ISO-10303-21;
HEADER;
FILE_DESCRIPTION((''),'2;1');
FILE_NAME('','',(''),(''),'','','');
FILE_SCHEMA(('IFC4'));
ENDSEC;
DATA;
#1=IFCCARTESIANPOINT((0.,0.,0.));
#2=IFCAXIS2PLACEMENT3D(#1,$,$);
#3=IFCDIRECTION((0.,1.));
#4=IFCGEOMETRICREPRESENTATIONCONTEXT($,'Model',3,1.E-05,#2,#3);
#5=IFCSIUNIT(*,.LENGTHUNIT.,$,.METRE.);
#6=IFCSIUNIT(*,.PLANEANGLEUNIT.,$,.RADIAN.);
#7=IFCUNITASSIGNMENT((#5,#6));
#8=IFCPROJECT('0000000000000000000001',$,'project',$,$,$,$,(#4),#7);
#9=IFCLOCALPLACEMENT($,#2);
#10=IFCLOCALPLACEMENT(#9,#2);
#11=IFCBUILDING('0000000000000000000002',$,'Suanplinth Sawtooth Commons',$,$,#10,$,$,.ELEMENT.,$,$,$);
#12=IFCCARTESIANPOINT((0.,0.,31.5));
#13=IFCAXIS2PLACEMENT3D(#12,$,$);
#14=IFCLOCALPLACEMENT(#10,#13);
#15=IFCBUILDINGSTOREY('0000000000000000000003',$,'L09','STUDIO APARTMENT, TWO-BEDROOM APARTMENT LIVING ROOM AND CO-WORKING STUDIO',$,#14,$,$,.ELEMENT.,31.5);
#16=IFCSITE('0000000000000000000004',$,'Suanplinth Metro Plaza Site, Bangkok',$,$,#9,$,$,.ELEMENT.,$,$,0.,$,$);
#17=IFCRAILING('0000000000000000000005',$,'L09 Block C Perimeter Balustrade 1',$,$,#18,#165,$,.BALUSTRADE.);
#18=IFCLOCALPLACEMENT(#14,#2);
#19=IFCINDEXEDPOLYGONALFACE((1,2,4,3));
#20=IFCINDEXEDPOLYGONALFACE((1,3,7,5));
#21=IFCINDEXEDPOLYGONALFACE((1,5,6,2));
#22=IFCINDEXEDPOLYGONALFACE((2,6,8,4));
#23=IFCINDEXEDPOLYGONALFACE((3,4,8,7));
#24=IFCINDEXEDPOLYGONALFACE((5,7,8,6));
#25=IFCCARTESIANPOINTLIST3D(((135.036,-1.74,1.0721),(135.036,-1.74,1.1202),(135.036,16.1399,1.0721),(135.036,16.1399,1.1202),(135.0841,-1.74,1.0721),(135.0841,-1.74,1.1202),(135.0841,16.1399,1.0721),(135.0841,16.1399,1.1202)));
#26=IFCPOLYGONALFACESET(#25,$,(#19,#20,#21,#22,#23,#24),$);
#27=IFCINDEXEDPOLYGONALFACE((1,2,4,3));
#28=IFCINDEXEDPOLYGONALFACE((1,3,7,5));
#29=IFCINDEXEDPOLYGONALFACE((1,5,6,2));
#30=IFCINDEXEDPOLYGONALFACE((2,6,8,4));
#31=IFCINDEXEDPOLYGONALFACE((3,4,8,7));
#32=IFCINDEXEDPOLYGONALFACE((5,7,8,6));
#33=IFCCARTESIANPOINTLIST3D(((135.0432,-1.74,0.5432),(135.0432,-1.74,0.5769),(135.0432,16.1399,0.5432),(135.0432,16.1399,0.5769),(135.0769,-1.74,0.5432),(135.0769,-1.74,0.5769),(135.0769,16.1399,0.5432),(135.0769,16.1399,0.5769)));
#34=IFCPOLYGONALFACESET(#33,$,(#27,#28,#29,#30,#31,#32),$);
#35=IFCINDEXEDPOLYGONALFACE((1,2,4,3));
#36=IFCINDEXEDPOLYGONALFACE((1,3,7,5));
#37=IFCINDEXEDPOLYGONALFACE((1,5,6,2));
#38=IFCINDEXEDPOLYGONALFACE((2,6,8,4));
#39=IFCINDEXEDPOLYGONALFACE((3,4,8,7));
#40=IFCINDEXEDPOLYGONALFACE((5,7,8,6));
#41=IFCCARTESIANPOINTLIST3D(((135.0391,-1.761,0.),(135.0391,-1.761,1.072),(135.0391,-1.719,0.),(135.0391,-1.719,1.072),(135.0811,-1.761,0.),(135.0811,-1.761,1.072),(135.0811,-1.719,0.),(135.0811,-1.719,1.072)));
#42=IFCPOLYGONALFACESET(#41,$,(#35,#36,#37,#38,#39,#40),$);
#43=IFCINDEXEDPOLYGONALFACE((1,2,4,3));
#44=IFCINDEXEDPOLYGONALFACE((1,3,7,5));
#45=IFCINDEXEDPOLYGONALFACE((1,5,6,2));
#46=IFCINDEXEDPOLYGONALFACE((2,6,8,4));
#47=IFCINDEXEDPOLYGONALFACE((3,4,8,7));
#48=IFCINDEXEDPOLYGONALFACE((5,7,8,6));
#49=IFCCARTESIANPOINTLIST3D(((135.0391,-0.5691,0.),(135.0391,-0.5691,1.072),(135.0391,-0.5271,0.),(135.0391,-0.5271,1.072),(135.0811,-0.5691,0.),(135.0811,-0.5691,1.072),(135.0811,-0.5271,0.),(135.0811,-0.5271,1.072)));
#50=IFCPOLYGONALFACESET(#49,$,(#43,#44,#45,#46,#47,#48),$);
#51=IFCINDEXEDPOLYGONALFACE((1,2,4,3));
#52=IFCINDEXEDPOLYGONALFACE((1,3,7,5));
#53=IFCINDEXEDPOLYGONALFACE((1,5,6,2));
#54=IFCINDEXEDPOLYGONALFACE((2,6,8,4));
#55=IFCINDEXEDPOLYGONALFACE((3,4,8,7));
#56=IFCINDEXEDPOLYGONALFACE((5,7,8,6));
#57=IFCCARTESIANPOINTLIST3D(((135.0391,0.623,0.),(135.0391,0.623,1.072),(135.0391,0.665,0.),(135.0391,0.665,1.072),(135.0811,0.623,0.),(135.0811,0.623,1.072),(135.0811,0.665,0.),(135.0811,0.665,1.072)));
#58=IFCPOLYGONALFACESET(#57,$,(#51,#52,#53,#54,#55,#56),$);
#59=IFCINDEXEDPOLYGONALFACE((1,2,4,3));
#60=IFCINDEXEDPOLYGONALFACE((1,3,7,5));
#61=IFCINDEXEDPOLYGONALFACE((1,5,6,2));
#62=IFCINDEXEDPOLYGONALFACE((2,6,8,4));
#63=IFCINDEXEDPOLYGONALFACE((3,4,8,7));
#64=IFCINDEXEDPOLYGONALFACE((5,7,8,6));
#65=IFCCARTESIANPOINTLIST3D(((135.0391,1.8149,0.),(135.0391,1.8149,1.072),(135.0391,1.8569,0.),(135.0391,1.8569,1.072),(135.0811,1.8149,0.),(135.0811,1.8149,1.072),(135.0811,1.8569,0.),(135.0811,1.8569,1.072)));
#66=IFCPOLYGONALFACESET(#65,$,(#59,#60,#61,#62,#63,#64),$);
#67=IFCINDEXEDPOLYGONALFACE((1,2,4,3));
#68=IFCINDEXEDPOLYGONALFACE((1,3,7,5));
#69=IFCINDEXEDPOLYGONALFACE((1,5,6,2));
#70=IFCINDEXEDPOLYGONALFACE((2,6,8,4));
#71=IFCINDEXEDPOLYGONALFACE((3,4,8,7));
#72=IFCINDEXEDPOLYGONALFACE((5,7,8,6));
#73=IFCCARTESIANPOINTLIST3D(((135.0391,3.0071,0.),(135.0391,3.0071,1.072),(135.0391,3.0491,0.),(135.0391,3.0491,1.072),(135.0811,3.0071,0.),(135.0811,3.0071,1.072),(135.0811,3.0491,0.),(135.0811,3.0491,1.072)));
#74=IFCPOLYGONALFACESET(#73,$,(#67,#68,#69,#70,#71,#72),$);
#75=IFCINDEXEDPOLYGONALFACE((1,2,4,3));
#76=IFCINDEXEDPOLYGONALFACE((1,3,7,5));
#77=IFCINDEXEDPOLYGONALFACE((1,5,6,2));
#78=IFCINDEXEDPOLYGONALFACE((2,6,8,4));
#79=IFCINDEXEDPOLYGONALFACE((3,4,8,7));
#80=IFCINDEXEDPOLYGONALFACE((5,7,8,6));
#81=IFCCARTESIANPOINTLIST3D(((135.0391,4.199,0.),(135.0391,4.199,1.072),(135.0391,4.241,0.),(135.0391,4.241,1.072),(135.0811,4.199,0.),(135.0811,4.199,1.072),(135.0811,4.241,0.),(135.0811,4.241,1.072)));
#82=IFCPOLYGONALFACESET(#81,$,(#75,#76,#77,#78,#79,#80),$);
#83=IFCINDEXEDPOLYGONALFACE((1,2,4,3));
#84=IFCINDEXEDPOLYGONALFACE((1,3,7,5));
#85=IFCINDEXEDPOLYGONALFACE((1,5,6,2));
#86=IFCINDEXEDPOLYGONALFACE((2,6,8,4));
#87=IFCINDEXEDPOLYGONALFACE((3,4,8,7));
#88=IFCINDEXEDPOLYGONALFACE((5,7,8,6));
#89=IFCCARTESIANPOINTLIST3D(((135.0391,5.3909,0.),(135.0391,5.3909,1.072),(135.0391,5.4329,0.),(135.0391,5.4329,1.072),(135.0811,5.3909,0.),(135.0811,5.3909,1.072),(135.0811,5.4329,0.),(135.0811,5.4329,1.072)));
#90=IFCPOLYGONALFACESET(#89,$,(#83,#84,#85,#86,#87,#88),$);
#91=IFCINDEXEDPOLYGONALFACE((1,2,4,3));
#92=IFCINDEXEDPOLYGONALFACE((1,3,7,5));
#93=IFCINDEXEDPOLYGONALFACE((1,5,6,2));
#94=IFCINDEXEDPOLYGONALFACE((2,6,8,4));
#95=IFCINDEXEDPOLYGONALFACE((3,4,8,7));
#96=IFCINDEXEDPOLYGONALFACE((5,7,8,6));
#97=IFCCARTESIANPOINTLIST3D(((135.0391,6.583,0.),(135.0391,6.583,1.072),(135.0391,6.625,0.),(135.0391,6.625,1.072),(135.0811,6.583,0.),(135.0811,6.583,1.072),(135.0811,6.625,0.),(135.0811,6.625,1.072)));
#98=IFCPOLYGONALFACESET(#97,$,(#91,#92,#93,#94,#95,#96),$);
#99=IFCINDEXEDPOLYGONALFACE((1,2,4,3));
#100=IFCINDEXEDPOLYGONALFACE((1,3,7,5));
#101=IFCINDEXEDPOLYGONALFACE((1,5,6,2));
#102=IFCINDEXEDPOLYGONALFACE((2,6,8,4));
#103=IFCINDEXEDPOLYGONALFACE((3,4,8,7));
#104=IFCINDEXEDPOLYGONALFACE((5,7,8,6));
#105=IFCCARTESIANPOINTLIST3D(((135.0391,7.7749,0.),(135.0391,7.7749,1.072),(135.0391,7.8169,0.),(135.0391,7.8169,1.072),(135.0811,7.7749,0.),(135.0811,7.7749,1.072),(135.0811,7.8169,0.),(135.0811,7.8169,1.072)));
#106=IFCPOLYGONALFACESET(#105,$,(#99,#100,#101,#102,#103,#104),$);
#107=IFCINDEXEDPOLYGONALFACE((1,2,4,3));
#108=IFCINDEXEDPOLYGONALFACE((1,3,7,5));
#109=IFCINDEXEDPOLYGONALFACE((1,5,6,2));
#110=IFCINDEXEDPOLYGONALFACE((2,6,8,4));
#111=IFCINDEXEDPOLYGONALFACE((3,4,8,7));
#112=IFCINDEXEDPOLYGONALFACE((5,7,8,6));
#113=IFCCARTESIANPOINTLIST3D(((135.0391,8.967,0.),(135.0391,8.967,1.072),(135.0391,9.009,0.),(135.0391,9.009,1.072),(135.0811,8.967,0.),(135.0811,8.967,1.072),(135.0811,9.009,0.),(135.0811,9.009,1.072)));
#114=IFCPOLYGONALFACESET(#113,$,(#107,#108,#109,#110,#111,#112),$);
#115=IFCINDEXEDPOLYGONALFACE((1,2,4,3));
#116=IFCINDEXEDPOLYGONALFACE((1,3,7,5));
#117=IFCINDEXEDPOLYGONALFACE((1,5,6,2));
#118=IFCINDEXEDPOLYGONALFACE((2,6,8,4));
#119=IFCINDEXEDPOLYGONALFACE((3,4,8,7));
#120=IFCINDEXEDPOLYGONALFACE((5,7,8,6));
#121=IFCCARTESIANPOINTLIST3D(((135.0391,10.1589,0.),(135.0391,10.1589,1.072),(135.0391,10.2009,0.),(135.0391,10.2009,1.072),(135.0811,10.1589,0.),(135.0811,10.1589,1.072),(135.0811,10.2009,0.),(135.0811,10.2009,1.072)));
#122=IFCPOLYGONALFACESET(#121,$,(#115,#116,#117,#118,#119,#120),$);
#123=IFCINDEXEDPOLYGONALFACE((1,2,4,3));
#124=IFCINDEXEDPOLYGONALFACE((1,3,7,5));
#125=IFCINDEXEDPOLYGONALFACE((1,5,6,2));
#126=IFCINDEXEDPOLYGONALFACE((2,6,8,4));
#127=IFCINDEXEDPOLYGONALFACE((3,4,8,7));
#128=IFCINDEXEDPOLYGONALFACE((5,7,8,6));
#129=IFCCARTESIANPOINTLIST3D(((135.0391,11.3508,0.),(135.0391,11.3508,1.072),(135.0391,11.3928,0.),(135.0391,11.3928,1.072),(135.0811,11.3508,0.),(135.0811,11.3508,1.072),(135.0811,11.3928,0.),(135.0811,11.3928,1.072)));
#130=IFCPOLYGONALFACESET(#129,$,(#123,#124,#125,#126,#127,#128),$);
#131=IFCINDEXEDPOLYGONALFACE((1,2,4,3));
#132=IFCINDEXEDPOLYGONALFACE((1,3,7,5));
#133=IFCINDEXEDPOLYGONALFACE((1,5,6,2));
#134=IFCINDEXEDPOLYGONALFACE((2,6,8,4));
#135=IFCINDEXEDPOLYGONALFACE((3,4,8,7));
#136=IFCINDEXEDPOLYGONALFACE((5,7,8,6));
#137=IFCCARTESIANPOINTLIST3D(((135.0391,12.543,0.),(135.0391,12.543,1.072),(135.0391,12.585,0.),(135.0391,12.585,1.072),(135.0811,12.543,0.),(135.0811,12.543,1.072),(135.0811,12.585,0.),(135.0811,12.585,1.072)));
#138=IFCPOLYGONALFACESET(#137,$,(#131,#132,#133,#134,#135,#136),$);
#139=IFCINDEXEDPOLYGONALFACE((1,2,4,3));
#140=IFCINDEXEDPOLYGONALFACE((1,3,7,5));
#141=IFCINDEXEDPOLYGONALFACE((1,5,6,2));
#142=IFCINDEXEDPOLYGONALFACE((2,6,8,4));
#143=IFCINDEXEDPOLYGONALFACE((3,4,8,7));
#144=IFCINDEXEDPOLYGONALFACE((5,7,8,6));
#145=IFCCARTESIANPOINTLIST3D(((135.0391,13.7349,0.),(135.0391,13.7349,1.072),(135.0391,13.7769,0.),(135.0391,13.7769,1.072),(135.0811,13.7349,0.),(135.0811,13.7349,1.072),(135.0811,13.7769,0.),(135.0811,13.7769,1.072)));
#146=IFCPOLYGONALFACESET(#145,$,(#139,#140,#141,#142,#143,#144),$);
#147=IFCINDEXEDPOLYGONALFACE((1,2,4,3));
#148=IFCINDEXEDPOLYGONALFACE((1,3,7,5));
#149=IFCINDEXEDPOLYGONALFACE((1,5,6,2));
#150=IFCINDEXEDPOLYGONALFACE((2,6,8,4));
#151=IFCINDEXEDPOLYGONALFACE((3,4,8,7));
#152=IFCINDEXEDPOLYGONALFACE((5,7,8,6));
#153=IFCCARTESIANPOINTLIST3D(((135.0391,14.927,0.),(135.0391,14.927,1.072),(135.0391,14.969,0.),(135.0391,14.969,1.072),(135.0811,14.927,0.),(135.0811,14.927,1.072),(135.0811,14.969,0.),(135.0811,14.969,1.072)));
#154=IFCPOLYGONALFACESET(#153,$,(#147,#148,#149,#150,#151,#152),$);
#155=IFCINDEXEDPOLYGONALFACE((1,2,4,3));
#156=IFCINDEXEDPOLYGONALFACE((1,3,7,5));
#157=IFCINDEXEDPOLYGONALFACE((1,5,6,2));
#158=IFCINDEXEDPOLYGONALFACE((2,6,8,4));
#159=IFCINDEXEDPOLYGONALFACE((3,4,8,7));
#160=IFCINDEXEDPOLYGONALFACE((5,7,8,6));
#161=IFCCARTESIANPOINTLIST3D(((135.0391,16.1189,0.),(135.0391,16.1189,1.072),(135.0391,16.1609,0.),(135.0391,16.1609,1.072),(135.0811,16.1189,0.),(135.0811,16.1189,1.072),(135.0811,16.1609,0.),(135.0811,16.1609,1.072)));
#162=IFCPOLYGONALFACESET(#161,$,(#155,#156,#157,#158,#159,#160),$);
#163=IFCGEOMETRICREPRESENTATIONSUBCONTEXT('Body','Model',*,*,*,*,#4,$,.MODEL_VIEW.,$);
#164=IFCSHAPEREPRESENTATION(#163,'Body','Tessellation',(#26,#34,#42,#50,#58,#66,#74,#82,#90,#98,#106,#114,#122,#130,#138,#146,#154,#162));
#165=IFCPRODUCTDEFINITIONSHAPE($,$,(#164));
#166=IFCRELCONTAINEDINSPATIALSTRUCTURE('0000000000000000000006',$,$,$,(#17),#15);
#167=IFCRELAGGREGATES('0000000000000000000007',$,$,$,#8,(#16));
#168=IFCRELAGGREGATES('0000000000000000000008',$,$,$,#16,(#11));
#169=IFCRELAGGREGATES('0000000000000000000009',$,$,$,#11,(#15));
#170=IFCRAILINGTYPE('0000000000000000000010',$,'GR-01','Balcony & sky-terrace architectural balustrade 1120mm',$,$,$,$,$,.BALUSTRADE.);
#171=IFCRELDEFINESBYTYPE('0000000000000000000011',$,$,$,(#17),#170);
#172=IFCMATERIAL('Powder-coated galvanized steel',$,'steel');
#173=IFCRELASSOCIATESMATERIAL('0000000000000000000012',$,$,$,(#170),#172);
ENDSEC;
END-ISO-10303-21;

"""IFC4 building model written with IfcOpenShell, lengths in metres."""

from ifc_helpers import new_model, si_unit, direction, frame, origin, origin_2d, place, context, subcontext, project, spatial, rectangle, extrude, material, type_object, element, save


model = new_model("IFC4")

# Units and contexts
model_context = context("Model", 3, precision=1e-05, world=origin(), true_north=direction((0.0, 1.0)))
body_context = subcontext(model_context, "Body", "Model", "MODEL_VIEW")
ifc_project = project(units=[si_unit("LENGTHUNIT", "METRE"), si_unit("PLANEANGLEUNIT", "RADIAN")], contexts=[model_context])

# Site, building, storey
site_placement = place(None, origin())
site = spatial("IfcSite", under=ifc_project, at=site_placement, Name="Suanplinth Metro Plaza Site, Bangkok", CompositionType="ELEMENT", RefElevation=0.0)
building_placement = place(site_placement, origin())
building = spatial("IfcBuilding", under=site, at=building_placement, Name="Suanplinth Sawtooth Commons", CompositionType="ELEMENT")
storey_placement = place(building_placement, frame((0.0, 0.0, 31.5)))
storey = spatial("IfcBuildingStorey", under=building, at=storey_placement, Name="L09", Description="STUDIO APARTMENT, TWO-BEDROOM APARTMENT LIVING ROOM AND CO-WORKING STUDIO", CompositionType="ELEMENT", Elevation=31.5)

# Railing
ifc_material_1 = material(Name="Powder-coated galvanized steel", Category="steel")
railing_type = type_object("IfcRailingType", Name="GR-01", Description="Balcony & sky-terrace architectural balustrade 1120mm", PredefinedType="BALUSTRADE", material=ifc_material_1)
railing_placement = place(storey_placement, frame((135.0601, -1.74, 0.0)))
element("IfcRailing", 1, at=railing_placement, inside=storey, type_object=railing_type, Name="L09 Block C Perimeter Balustrade 1", PredefinedType="BALUSTRADE", context=body_context, shape_type="SweptSolid", body=[
    extrude(rectangle(XDim=0.0481, YDim=0.0481, at=origin_2d()), frame((0.0, 0.0, 1.0962), z_axis=(0.0, 1.0, 0.0), x_axis=(-1.0, 0.0, 0.0)), (0.0, 0.0, 1.0), 17.8799),
    extrude(rectangle(XDim=0.0337, YDim=0.0337, at=origin_2d()), frame((0.0, 0.0, 0.5601), z_axis=(0.0, 1.0, 0.0), x_axis=(-1.0, 0.0, 0.0)), (0.0, 0.0, 1.0), 17.8799),
    extrude(rectangle(XDim=0.042, YDim=0.042, at=origin_2d()), origin(), (0.0, 0.0, 1.0), 1.072),
    extrude(rectangle(XDim=0.042, YDim=0.042, at=origin_2d()), frame((0.0, 1.1919, 0.0)), (0.0, 0.0, 1.0), 1.072),
    extrude(rectangle(XDim=0.042, YDim=0.042, at=origin_2d()), frame((0.0, 2.384, 0.0)), (0.0, 0.0, 1.0), 1.072),
    extrude(rectangle(XDim=0.042, YDim=0.042, at=origin_2d()), frame((0.0, 3.5759, 0.0)), (0.0, 0.0, 1.0), 1.072),
    extrude(rectangle(XDim=0.042, YDim=0.042, at=origin_2d()), frame((0.0, 4.7681, 0.0)), (0.0, 0.0, 1.0), 1.072),
    extrude(rectangle(XDim=0.042, YDim=0.042, at=origin_2d()), frame((0.0, 5.96, 0.0)), (0.0, 0.0, 1.0), 1.072),
    extrude(rectangle(XDim=0.042, YDim=0.042, at=origin_2d()), frame((0.0, 7.1519, 0.0)), (0.0, 0.0, 1.0), 1.072),
    extrude(rectangle(XDim=0.042, YDim=0.042, at=origin_2d()), frame((0.0, 8.344, 0.0)), (0.0, 0.0, 1.0), 1.072),
    extrude(rectangle(XDim=0.042, YDim=0.042, at=origin_2d()), frame((0.0, 9.5359, 0.0)), (0.0, 0.0, 1.0), 1.072),
    extrude(rectangle(XDim=0.042, YDim=0.042, at=origin_2d()), frame((0.0, 10.728, 0.0)), (0.0, 0.0, 1.0), 1.072),
    extrude(rectangle(XDim=0.042, YDim=0.042, at=origin_2d()), frame((0.0, 11.9199, 0.0)), (0.0, 0.0, 1.0), 1.072),
    extrude(rectangle(XDim=0.042, YDim=0.042, at=origin_2d()), frame((0.0, 13.1118, 0.0)), (0.0, 0.0, 1.0), 1.072),
    extrude(rectangle(XDim=0.042, YDim=0.042, at=origin_2d()), frame((0.0, 14.304, 0.0)), (0.0, 0.0, 1.0), 1.072),
    extrude(rectangle(XDim=0.042, YDim=0.042, at=origin_2d()), frame((0.0, 15.4958, 0.0)), (0.0, 0.0, 1.0), 1.072),
    extrude(rectangle(XDim=0.042, YDim=0.042, at=origin_2d()), frame((0.0, 16.688, 0.0)), (0.0, 0.0, 1.0), 1.072),
    extrude(rectangle(XDim=0.042, YDim=0.042, at=origin_2d()), frame((0.0, 17.8799, 0.0)), (0.0, 0.0, 1.0), 1.072),
])

save(model, "model.ifc")
